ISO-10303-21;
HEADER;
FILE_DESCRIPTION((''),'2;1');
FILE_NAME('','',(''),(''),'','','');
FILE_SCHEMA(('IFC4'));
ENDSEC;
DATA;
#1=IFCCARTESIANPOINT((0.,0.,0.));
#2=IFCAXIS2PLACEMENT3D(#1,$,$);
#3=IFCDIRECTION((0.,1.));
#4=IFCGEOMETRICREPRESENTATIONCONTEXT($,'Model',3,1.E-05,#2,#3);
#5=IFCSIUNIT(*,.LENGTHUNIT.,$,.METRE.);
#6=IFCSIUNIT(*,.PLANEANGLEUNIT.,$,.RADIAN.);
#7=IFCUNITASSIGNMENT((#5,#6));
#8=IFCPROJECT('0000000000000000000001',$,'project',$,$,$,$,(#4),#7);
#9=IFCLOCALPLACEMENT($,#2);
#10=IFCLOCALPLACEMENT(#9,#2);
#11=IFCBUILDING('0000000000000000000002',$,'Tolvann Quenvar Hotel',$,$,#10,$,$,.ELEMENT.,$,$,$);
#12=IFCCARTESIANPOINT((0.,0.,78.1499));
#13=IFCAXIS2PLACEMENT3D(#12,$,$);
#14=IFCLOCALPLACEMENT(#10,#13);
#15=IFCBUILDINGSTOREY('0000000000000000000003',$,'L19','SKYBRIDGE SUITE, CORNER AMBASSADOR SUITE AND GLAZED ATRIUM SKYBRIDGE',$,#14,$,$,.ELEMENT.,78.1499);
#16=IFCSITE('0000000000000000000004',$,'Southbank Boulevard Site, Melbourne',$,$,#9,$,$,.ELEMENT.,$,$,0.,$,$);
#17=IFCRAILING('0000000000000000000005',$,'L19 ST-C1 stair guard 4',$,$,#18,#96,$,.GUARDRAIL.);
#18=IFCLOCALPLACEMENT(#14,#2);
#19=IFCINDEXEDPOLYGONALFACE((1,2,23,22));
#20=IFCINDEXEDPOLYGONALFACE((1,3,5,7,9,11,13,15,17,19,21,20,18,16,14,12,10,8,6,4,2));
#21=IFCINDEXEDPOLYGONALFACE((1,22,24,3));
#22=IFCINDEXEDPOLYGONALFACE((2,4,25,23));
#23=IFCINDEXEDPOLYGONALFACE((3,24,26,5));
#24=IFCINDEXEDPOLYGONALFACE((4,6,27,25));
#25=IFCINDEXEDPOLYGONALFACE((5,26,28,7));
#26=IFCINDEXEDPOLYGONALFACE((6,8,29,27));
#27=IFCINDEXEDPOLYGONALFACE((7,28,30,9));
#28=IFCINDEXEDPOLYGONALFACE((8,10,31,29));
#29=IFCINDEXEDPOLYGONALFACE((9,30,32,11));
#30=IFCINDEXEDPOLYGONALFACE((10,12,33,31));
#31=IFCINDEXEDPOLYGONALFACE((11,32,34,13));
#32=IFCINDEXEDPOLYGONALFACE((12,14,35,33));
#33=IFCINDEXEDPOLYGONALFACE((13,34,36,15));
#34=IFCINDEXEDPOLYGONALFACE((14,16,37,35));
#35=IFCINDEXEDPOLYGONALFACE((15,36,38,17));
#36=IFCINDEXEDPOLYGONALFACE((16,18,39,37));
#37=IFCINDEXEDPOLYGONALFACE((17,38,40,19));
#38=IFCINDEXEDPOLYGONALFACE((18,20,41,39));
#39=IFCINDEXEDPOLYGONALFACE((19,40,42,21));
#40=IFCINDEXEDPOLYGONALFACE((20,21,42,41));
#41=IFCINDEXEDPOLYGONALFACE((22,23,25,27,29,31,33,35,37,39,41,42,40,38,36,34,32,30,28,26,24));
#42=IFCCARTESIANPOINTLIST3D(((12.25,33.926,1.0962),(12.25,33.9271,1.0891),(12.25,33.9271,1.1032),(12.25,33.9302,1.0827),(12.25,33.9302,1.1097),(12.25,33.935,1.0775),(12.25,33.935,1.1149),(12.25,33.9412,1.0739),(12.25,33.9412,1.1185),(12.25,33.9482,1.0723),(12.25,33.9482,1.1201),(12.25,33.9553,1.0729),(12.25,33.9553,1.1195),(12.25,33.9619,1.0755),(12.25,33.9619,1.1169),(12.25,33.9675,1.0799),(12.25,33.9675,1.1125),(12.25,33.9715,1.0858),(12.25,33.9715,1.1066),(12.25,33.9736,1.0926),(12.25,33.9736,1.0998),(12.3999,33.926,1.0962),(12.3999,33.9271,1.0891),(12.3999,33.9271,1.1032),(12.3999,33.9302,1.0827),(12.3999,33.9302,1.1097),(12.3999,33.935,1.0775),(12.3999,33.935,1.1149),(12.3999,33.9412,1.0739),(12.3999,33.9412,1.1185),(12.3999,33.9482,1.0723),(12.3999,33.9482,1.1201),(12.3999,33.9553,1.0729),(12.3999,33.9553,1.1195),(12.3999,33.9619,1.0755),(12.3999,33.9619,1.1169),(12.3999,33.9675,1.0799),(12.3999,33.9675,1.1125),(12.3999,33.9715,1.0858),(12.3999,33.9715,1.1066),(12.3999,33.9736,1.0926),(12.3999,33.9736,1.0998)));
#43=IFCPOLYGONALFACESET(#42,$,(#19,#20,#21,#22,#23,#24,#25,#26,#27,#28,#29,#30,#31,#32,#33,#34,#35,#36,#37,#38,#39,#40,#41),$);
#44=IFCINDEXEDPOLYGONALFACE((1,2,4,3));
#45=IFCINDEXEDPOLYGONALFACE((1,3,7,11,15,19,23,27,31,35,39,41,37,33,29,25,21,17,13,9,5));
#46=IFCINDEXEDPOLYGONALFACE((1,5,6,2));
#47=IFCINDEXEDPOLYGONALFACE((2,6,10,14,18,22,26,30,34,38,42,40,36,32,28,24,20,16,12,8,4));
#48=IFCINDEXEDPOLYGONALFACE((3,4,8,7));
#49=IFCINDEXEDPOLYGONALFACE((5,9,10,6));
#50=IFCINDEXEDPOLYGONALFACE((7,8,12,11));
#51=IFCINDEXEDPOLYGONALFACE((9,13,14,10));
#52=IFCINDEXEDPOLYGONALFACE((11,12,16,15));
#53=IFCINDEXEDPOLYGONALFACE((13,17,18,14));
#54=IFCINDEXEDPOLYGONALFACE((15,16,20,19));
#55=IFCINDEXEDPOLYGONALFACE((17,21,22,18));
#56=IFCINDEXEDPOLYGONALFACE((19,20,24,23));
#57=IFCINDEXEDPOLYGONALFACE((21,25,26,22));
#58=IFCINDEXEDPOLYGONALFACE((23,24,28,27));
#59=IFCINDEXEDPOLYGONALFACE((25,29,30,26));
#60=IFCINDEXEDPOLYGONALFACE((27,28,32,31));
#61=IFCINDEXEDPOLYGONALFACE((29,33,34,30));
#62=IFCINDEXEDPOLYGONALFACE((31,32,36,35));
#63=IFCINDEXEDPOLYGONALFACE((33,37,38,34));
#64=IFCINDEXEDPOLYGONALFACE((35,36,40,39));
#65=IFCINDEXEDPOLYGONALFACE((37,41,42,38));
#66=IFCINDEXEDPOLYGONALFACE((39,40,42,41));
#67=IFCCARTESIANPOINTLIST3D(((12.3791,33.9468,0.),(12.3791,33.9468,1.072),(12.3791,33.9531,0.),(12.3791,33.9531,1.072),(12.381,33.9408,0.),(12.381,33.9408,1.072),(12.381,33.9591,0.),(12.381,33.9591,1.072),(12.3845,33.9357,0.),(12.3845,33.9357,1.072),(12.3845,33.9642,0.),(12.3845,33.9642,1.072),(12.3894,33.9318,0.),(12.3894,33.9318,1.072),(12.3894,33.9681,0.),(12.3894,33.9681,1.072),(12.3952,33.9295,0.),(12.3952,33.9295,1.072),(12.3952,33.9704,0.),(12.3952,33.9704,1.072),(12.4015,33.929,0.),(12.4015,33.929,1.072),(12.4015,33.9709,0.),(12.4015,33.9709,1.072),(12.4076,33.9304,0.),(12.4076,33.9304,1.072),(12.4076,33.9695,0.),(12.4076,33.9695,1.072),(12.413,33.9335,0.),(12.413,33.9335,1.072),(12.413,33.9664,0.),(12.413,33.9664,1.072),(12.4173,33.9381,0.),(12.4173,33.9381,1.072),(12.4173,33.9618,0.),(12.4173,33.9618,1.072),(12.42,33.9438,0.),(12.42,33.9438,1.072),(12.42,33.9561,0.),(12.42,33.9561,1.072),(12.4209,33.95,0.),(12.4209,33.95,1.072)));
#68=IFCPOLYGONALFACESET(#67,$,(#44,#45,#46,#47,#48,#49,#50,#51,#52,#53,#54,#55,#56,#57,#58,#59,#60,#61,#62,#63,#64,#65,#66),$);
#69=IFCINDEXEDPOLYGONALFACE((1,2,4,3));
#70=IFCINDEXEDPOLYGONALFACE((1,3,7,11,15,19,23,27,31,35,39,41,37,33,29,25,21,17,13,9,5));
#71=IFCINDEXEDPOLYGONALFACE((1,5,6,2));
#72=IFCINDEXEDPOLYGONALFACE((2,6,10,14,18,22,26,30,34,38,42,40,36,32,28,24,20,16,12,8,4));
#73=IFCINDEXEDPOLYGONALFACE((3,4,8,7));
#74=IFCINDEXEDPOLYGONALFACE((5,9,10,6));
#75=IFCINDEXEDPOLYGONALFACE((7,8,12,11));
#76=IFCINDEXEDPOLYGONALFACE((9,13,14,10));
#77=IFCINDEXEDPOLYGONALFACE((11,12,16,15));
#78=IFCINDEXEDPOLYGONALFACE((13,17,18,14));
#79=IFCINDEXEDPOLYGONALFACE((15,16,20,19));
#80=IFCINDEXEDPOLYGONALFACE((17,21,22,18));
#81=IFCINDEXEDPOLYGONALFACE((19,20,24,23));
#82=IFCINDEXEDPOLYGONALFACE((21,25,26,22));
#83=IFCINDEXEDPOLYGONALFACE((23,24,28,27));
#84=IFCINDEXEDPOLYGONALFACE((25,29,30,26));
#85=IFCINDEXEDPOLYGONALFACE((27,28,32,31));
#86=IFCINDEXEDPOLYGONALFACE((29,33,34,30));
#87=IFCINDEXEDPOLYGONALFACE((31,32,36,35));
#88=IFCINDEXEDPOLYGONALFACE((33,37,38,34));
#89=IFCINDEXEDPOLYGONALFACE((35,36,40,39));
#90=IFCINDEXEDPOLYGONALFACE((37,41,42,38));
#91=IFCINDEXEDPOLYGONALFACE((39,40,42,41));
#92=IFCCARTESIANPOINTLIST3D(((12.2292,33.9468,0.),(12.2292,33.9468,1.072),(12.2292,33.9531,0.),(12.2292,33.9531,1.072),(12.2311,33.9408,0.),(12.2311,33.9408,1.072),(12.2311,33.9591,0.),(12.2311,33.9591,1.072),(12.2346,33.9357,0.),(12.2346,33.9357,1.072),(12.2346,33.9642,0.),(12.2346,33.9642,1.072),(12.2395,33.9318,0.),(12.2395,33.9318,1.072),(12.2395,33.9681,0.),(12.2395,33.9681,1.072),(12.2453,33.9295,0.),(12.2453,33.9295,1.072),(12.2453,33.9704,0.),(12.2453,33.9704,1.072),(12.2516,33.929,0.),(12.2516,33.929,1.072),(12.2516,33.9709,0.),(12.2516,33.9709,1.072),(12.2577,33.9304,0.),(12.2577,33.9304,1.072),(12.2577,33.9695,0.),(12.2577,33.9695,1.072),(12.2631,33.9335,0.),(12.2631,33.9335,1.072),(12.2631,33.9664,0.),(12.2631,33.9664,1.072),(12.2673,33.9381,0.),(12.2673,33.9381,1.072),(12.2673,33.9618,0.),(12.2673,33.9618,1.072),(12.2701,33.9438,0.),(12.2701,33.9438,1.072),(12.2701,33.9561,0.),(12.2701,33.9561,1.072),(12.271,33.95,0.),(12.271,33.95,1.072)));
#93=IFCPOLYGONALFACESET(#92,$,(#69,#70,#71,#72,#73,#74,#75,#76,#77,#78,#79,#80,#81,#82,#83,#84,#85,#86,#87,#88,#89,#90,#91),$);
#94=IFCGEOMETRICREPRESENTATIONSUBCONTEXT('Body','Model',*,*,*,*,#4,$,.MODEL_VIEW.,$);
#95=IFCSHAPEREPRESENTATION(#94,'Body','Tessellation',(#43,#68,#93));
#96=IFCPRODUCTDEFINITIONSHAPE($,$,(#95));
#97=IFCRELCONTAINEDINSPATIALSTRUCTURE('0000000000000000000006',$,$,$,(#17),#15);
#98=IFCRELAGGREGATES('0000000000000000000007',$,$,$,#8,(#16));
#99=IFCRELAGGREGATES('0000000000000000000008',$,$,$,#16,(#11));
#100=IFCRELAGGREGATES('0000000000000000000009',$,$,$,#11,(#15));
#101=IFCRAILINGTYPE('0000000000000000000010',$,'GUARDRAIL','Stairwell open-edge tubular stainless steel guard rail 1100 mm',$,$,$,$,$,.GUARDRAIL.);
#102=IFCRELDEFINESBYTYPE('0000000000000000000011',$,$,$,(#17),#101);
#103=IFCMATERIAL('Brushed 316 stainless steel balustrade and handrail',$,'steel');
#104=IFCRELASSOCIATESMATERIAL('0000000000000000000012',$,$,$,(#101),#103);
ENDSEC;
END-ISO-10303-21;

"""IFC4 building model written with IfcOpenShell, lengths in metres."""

from ifc_helpers import new_model, si_unit, direction, frame, origin, origin_2d, place, context, subcontext, project, spatial, circle, extrude, material, type_object, element, save


model = new_model("IFC4")

# Units and contexts
model_context = context("Model", 3, precision=1e-05, world=origin(), true_north=direction((0.0, 1.0)))
body_context = subcontext(model_context, "Body", "Model", "MODEL_VIEW")
ifc_project = project(units=[si_unit("LENGTHUNIT", "METRE"), si_unit("PLANEANGLEUNIT", "RADIAN")], contexts=[model_context])

# Site, building, storey
site_placement = place(None, origin())
site = spatial("IfcSite", under=ifc_project, at=site_placement, Name="Southbank Boulevard Site, Melbourne", CompositionType="ELEMENT", RefElevation=0.0)
building_placement = place(site_placement, origin())
building = spatial("IfcBuilding", under=site, at=building_placement, Name="Tolvann Quenvar Hotel", CompositionType="ELEMENT")
storey_placement = place(building_placement, frame((0.0, 0.0, 78.1499)))
storey = spatial("IfcBuildingStorey", under=building, at=storey_placement, Name="L19", Description="SKYBRIDGE SUITE, CORNER AMBASSADOR SUITE AND GLAZED ATRIUM SKYBRIDGE", CompositionType="ELEMENT", Elevation=78.1499)

# Railing
ifc_material_1 = material(Name="Brushed 316 stainless steel balustrade and handrail", Category="steel")
railing_type_1 = type_object("IfcRailingType", Name="GUARDRAIL", Description="Stairwell open-edge tubular stainless steel guard rail 1100 mm", PredefinedType="GUARDRAIL", material=ifc_material_1)
railing_1_placement = place(storey_placement, frame((12.3999, 33.95, 0.0)))
element("IfcRailing", 1, at=railing_1_placement, inside=storey, type_object=railing_type_1, Name="L19 ST-C1 stair guard 4", PredefinedType="GUARDRAIL", context=body_context, shape_type="SweptSolid", body=[
    extrude(circle(Radius=0.0239, at=origin_2d()), frame((0.0, 0.0, 1.0962), z_axis=(-1.0, 0.0, 0.0), x_axis=(0.0, -1.0, 0.0)), (0.0, 0.0, 1.0), 0.1499),
    extrude(circle(Radius=0.021, at=origin_2d()), origin(), (0.0, 0.0, 1.0), 1.072),
    extrude(circle(Radius=0.021, at=origin_2d()), frame((-0.1499, 0.0, 0.0)), (0.0, 0.0, 1.0), 1.072),
])

save(model, "model.ifc")
